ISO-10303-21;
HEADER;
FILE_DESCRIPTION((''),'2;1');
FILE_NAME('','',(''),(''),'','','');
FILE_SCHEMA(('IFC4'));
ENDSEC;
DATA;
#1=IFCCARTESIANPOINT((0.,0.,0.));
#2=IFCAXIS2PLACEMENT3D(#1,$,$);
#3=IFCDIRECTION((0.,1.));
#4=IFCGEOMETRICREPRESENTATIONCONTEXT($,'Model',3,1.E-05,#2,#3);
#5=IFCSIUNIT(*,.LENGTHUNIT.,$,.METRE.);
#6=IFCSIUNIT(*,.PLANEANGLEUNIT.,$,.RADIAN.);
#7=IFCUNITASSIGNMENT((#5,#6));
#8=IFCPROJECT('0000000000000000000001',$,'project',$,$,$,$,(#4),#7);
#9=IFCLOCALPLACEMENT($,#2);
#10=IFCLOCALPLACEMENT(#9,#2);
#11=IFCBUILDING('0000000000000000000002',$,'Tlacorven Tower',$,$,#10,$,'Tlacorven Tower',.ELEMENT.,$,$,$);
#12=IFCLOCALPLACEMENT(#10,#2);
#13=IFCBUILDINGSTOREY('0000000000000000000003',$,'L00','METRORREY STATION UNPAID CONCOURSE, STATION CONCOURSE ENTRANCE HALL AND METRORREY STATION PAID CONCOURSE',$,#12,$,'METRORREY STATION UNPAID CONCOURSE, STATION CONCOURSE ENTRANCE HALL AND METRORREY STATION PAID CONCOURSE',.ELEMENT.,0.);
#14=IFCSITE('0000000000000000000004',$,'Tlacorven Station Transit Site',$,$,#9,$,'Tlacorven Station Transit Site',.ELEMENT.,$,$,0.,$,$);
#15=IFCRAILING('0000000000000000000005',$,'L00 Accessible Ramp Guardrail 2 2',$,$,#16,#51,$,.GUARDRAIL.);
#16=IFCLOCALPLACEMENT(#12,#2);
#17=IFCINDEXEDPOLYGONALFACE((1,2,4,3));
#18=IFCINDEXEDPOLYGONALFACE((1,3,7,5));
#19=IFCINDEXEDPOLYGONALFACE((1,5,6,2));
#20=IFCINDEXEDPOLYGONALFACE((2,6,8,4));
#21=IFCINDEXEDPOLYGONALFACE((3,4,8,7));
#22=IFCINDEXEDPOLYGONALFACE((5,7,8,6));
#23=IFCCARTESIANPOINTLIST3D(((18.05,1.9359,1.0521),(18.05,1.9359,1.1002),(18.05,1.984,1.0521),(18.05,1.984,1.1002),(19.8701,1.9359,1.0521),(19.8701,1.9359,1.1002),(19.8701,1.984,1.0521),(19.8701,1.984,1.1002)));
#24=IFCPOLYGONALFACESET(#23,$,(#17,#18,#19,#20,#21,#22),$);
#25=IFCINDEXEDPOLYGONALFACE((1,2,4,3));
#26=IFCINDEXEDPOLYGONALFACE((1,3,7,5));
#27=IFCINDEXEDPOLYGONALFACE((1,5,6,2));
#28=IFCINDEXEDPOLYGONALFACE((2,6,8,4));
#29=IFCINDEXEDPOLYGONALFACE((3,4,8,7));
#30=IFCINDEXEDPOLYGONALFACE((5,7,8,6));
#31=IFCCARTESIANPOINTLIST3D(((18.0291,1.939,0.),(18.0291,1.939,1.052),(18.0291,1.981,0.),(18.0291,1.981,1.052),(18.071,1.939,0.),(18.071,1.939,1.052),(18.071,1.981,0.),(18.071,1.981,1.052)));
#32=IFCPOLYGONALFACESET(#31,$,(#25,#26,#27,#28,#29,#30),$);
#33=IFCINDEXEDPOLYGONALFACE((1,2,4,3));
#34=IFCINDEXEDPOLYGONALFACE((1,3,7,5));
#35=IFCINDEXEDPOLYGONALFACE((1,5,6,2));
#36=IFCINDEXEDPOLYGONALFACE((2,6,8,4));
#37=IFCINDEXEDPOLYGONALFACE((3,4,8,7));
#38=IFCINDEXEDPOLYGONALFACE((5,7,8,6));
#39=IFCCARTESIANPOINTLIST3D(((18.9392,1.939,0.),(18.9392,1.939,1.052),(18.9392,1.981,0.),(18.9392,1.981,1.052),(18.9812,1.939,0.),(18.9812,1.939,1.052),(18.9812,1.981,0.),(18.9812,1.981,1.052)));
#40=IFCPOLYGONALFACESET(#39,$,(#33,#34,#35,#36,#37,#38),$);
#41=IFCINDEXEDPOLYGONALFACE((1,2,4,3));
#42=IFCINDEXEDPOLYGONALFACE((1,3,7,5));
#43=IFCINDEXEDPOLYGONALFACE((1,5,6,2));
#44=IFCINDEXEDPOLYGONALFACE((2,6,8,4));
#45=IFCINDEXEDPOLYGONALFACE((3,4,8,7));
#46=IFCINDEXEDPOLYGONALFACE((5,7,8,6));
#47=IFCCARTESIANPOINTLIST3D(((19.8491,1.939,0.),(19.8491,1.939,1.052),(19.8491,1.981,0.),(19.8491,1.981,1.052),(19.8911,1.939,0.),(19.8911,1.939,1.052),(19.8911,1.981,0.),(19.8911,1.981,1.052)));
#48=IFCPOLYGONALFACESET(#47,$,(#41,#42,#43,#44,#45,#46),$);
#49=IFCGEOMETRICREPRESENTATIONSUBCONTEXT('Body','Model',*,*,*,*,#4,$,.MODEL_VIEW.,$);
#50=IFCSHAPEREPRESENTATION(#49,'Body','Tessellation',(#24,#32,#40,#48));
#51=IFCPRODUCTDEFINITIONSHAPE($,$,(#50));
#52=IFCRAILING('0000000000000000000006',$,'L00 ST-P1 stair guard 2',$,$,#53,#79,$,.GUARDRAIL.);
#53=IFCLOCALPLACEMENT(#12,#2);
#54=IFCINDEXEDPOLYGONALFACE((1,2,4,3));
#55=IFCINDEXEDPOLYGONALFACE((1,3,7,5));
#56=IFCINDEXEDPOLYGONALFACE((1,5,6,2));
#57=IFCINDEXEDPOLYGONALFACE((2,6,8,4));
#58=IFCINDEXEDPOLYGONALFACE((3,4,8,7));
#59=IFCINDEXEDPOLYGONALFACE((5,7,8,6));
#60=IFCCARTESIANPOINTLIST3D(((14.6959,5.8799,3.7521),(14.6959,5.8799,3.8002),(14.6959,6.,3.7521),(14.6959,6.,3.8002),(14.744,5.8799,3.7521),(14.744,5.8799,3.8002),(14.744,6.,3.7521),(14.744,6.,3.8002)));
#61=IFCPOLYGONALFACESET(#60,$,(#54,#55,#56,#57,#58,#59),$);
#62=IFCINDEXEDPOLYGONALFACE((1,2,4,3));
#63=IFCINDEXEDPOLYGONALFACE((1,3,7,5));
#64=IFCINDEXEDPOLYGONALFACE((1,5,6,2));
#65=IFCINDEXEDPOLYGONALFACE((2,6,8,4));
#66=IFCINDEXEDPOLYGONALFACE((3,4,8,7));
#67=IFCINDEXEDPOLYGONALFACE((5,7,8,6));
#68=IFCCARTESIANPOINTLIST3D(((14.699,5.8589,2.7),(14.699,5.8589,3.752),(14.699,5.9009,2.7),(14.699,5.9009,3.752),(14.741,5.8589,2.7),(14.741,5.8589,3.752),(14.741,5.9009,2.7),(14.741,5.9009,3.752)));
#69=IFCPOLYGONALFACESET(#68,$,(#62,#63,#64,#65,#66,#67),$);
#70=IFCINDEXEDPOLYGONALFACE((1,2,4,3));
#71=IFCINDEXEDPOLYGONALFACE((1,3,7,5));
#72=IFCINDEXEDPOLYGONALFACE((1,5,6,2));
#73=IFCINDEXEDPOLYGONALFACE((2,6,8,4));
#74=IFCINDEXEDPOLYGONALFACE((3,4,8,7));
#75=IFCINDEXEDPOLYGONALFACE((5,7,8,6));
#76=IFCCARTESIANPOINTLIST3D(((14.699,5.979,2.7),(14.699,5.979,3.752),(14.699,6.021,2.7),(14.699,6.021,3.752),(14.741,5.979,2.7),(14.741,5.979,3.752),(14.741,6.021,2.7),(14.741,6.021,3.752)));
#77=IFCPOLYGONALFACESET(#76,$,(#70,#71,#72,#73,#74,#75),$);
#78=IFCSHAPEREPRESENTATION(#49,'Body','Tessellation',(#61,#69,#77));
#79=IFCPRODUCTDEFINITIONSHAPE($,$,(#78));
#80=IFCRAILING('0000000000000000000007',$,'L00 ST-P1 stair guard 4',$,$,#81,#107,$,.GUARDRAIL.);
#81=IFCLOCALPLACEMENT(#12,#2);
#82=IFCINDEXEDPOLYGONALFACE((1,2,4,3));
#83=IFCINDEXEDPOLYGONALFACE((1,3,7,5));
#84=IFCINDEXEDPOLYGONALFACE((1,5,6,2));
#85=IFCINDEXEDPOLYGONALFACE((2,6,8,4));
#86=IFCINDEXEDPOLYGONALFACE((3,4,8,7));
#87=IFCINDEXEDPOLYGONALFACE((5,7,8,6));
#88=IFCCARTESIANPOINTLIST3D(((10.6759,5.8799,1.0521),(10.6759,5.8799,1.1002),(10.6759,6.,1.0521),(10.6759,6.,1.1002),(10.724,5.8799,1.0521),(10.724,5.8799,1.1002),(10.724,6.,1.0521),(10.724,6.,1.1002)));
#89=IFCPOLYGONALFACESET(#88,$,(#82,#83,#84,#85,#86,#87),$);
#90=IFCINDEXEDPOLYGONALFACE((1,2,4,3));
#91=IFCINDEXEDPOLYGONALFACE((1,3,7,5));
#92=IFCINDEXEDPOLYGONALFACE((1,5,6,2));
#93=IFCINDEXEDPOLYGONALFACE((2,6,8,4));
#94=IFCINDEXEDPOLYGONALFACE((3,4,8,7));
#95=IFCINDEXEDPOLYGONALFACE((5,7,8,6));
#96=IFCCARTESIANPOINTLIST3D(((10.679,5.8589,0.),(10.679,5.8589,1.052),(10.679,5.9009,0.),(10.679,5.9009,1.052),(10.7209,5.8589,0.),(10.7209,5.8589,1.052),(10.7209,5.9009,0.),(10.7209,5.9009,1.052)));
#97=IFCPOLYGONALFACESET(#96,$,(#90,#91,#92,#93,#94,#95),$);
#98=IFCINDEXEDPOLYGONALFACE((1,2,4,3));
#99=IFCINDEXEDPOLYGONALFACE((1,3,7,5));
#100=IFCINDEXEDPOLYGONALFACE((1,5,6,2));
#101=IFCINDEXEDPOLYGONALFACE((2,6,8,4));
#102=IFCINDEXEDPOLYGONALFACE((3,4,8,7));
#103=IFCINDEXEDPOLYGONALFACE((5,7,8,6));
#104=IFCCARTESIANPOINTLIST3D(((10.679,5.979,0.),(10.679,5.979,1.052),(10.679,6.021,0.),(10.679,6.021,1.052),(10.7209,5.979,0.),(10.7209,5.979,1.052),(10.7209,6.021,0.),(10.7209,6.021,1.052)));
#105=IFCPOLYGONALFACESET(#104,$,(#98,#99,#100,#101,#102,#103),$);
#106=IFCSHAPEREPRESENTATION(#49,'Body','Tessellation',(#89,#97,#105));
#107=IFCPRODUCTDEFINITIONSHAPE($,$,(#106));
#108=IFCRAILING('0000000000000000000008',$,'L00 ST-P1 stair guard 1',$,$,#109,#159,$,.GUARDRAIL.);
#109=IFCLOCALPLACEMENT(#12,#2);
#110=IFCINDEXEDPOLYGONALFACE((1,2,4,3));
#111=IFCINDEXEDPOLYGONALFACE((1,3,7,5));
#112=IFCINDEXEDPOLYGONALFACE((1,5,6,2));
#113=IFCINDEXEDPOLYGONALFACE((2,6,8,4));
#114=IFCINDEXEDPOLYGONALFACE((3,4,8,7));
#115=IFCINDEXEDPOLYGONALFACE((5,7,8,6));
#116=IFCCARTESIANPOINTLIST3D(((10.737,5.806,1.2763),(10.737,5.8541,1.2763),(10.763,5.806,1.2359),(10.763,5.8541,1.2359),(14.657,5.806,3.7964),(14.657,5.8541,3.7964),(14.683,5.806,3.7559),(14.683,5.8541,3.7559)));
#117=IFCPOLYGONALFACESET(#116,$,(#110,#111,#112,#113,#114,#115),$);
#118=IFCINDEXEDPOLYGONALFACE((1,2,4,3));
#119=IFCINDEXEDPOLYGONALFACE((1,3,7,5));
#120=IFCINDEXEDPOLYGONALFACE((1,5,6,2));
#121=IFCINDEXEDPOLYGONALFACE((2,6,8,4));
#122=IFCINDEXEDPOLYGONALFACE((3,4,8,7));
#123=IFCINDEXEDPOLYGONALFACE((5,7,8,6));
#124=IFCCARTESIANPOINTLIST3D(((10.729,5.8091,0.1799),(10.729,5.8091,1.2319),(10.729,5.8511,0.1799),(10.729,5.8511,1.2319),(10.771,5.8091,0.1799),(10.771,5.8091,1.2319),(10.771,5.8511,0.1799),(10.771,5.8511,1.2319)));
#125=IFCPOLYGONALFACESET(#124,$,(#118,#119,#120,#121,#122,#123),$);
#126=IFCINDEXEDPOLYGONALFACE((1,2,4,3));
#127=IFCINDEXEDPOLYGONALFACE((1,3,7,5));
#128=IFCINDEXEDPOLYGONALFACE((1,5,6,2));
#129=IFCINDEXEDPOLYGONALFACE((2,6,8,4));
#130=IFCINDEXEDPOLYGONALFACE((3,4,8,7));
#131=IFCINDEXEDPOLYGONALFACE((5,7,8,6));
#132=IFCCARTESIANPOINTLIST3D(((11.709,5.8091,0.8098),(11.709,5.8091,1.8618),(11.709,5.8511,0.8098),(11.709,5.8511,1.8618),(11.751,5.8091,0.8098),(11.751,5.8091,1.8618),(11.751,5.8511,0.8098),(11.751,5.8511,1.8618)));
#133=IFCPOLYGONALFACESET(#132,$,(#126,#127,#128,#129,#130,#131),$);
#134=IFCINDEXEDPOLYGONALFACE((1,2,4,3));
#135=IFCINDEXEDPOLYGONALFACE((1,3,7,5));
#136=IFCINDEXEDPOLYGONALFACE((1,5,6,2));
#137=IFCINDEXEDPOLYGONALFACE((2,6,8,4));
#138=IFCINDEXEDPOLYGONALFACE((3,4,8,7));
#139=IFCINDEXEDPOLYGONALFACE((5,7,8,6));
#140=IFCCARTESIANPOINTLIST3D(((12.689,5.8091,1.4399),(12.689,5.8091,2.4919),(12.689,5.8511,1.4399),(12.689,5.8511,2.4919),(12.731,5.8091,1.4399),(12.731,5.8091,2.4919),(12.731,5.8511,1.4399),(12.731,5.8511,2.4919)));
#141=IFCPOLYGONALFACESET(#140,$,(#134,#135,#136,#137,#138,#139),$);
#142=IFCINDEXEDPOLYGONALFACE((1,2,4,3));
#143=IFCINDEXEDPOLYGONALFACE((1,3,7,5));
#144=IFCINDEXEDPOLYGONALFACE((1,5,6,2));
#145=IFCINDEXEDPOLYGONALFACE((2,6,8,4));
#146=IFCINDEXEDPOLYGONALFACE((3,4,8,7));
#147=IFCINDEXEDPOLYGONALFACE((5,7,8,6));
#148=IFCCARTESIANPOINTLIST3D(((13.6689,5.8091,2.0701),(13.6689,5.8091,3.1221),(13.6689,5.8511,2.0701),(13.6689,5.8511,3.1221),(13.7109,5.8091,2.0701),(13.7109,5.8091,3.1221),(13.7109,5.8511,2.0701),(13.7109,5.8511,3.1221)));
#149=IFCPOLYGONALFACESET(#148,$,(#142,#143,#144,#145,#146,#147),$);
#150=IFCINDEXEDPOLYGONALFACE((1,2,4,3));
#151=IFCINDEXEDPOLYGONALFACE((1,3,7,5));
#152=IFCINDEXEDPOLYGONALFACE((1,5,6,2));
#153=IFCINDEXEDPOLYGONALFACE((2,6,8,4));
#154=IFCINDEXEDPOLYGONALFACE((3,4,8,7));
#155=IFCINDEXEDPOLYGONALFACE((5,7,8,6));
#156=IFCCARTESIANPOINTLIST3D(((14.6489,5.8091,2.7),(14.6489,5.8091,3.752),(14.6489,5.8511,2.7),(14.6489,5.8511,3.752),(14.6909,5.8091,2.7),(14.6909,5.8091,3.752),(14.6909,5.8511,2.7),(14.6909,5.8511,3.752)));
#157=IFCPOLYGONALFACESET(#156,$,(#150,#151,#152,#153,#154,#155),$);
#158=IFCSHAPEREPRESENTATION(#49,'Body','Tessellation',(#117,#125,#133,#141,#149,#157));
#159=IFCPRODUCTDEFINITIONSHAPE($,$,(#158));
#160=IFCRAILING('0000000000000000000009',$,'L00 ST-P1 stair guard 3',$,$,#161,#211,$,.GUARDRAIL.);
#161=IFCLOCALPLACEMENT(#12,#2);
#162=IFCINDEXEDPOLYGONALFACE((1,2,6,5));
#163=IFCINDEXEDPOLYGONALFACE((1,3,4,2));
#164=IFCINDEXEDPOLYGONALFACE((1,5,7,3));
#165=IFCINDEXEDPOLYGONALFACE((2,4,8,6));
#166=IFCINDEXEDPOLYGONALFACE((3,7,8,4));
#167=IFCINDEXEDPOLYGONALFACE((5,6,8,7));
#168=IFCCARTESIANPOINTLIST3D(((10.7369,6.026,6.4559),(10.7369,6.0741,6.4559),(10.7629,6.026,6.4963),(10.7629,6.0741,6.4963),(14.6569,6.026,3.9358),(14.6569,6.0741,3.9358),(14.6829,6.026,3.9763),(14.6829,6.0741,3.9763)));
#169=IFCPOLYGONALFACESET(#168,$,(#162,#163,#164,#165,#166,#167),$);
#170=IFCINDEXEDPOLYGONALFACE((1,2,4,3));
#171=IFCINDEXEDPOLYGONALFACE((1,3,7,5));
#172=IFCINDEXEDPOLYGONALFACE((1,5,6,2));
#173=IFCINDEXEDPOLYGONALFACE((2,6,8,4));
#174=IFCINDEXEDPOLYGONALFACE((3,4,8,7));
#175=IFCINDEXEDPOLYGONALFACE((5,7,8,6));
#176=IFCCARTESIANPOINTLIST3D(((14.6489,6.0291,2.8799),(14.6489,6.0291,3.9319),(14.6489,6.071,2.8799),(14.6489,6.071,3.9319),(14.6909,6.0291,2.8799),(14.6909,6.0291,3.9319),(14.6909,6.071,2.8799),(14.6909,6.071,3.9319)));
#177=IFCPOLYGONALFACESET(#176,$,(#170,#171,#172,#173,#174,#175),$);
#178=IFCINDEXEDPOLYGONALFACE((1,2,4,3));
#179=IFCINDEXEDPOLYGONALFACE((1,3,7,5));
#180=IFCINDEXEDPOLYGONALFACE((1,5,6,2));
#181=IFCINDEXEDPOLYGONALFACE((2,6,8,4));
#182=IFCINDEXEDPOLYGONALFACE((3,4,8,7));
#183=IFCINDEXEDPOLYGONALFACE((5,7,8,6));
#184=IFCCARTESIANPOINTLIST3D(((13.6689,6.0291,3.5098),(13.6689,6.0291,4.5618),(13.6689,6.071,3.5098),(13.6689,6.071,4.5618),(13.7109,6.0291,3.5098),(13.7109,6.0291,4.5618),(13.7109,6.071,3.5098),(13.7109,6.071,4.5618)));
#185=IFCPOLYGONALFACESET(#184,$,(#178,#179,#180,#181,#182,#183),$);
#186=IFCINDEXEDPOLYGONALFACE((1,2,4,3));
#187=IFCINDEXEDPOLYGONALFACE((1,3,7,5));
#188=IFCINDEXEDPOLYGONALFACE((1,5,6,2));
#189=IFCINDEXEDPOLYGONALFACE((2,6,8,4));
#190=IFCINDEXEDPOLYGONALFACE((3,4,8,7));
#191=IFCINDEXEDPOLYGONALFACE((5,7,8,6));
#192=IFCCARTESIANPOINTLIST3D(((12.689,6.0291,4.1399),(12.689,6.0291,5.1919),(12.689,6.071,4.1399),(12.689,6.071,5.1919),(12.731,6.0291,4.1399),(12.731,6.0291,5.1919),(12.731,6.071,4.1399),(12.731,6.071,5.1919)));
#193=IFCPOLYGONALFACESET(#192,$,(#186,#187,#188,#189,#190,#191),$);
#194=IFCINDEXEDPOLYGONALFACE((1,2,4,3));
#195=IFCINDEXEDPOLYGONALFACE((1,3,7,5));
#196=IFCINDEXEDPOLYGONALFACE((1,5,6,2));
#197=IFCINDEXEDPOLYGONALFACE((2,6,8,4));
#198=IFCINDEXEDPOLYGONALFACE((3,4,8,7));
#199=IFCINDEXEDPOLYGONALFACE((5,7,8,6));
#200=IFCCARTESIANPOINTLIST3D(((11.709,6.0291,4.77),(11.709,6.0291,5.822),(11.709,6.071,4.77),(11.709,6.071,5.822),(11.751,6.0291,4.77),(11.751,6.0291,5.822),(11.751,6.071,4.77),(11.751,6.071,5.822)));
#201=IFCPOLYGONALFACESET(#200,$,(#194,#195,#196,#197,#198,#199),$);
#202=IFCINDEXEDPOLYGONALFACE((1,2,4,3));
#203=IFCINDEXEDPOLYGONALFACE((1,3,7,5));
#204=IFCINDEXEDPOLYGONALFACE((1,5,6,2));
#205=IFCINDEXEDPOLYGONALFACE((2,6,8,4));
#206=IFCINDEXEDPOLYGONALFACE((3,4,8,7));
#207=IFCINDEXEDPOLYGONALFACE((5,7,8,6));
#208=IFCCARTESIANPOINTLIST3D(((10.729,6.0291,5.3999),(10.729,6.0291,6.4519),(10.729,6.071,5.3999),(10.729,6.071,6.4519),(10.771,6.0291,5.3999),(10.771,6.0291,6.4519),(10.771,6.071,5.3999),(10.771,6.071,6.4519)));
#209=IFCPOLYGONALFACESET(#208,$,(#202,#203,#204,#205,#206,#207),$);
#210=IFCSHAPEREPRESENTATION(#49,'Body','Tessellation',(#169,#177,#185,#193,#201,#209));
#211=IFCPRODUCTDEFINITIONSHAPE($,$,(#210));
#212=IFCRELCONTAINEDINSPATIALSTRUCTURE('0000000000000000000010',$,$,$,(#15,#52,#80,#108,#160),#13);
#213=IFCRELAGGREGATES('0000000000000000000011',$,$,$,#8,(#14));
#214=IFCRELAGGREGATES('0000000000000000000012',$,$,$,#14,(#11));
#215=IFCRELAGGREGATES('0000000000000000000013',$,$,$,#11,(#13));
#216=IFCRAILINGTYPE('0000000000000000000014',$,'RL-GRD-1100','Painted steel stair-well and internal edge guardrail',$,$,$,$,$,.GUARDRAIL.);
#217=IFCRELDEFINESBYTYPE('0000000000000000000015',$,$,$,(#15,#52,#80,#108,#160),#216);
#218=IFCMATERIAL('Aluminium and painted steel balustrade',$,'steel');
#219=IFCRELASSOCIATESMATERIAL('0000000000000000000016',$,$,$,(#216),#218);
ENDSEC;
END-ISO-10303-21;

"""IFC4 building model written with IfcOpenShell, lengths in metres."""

from ifc_helpers import new_model, si_unit, direction, frame, origin, origin_2d, place, context, subcontext, project, spatial, rectangle, extrude, source, transform, mapped, material, type_object, element, save


model = new_model("IFC4")

# Units and contexts
model_context = context("Model", 3, precision=1e-05, world=origin(), true_north=direction((0.0, 1.0)))
body_context = subcontext(model_context, "Body", "Model", "MODEL_VIEW")
ifc_project = project(units=[si_unit("LENGTHUNIT", "METRE"), si_unit("PLANEANGLEUNIT", "RADIAN")], contexts=[model_context])

# Site, building, storey
site_placement = place(None, origin())
site = spatial("IfcSite", under=ifc_project, at=site_placement, Name="Tlacorven Station Transit Site", LongName="Tlacorven Station Transit Site", CompositionType="ELEMENT", RefElevation=0.0)
building_placement = place(site_placement, origin())
building = spatial("IfcBuilding", under=site, at=building_placement, Name="Tlacorven Tower", LongName="Tlacorven Tower", CompositionType="ELEMENT")
storey_placement = place(building_placement, origin())
storey = spatial("IfcBuildingStorey", under=building, at=storey_placement, Name="L00", Description="METRORREY STATION UNPAID CONCOURSE, STATION CONCOURSE ENTRANCE HALL AND METRORREY STATION PAID CONCOURSE", LongName="METRORREY STATION UNPAID CONCOURSE, STATION CONCOURSE ENTRANCE HALL AND METRORREY STATION PAID CONCOURSE", CompositionType="ELEMENT", Elevation=0.0)

# Railings
ifc_material_1 = material(Name="Aluminium and painted steel balustrade", Category="steel")
railing_type_1 = type_object("IfcRailingType", Name="RL-GRD-1100", Description="Painted steel stair-well and internal edge guardrail", PredefinedType="GUARDRAIL", material=ifc_material_1)
shared_shape_1 = source(origin(), body_context, "Body", "SweptSolid", [
    extrude(rectangle(XDim=0.0481, YDim=0.0481, at=origin_2d()), frame((0.0, 0.0, 1.0762), z_axis=(1.0, 0.0, 0.0), x_axis=(0.0, 1.0, 0.0)), (0.0, 0.0, 1.0), 1.8201),
    extrude(rectangle(XDim=0.042, YDim=0.042, at=origin_2d()), origin(), (0.0, 0.0, 1.0), 1.052),
    extrude(rectangle(XDim=0.042, YDim=0.042, at=origin_2d()), frame((0.9102, 0.0, 0.0)), (0.0, 0.0, 1.0), 1.052),
    extrude(rectangle(XDim=0.042, YDim=0.042, at=origin_2d()), frame((1.8201, 0.0, 0.0)), (0.0, 0.0, 1.0), 1.052),
])
for number, where, name in (
    (1, (18.05, 1.96, 0.0), "L00 Accessible Ramp Guardrail 2 2"),
):
    element("IfcRailing", number, at=place(storey_placement, frame(where)), inside=storey, type_object=railing_type_1, Name=name, PredefinedType="GUARDRAIL", context=body_context, shape_type="MappedRepresentation", body=[
        mapped(shared_shape_1, transform((0.0, 0.0, 0.0), scale=1.0)),
    ])
shared_shape_2 = source(origin(), body_context, "Body", "SweptSolid", [
    extrude(rectangle(XDim=0.0481, YDim=0.0481, at=origin_2d()), frame((0.0, 0.0, 1.0762), z_axis=(0.0, 1.0, 0.0), x_axis=(-1.0, 0.0, 0.0)), (0.0, 0.0, 1.0), 0.1201),
    extrude(rectangle(XDim=0.042, YDim=0.042, at=origin_2d()), origin(), (0.0, 0.0, 1.0), 1.052),
    extrude(rectangle(XDim=0.042, YDim=0.042, at=origin_2d()), frame((0.0, 0.1201, 0.0)), (0.0, 0.0, 1.0), 1.052),
])
for number, where, name in (
    (2, (14.72, 5.8799, 2.7), "L00 ST-P1 stair guard 2"),
    (3, (10.7, 5.8799, 0.0), "L00 ST-P1 stair guard 4"),
):
    element("IfcRailing", number, at=place(storey_placement, frame(where)), inside=storey, type_object=railing_type_1, Name=name, PredefinedType="GUARDRAIL", context=body_context, shape_type="MappedRepresentation", body=[
        mapped(shared_shape_2, transform((0.0, 0.0, 0.0), scale=1.0)),
    ])
shared_shape_3 = source(origin(), body_context, "Body", "SweptSolid", [
    extrude(rectangle(XDim=0.0481, YDim=0.0481, at=origin_2d()), frame((0.0, 0.0, 1.0762), z_axis=(0.841172, 0.0, 0.540768), x_axis=(0.0, 1.0, 0.0)), (0.0, 0.0, 1.0), 4.6602),
    extrude(rectangle(XDim=0.042, YDim=0.042, at=origin_2d()), origin(), (0.0, 0.0, 1.0), 1.052),
    extrude(rectangle(XDim=0.042, YDim=0.042, at=origin_2d()), frame((0.98, 0.0, 0.6299)), (0.0, 0.0, 1.0), 1.052),
    extrude(rectangle(XDim=0.042, YDim=0.042, at=origin_2d()), frame((1.96, 0.0, 1.26)), (0.0, 0.0, 1.0), 1.052),
    extrude(rectangle(XDim=0.042, YDim=0.042, at=origin_2d()), frame((2.9399, 0.0, 1.8901)), (0.0, 0.0, 1.0), 1.052),
    extrude(rectangle(XDim=0.042, YDim=0.042, at=origin_2d()), frame((3.9199, 0.0, 2.52)), (0.0, 0.0, 1.0), 1.052),
])
railing_1_placement = place(storey_placement, frame((10.75, 5.8301, 0.1799)))
element("IfcRailing", 4, at=railing_1_placement, inside=storey, type_object=railing_type_1, Name="L00 ST-P1 stair guard 1", PredefinedType="GUARDRAIL", context=body_context, shape_type="MappedRepresentation", body=[
    mapped(shared_shape_3, transform((0.0, 0.0, 0.0), scale=1.0)),
])
shared_shape_4 = source(origin(), body_context, "Body", "SweptSolid", [
    extrude(rectangle(XDim=0.0481, YDim=0.0481, at=origin_2d()), frame((0.0, 0.0, 1.0762), z_axis=(-0.841172, 0.0, 0.540768), x_axis=(0.0, -1.0, 0.0)), (0.0, 0.0, 1.0), 4.6602),
    extrude(rectangle(XDim=0.042, YDim=0.042, at=origin_2d()), origin(), (0.0, 0.0, 1.0), 1.052),
    extrude(rectangle(XDim=0.042, YDim=0.042, at=origin_2d()), frame((-0.98, 0.0, 0.6299)), (0.0, 0.0, 1.0), 1.052),
    extrude(rectangle(XDim=0.042, YDim=0.042, at=origin_2d()), frame((-1.96, 0.0, 1.26)), (0.0, 0.0, 1.0), 1.052),
    extrude(rectangle(XDim=0.042, YDim=0.042, at=origin_2d()), frame((-2.9399, 0.0, 1.8901)), (0.0, 0.0, 1.0), 1.052),
    extrude(rectangle(XDim=0.042, YDim=0.042, at=origin_2d()), frame((-3.9199, 0.0, 2.52)), (0.0, 0.0, 1.0), 1.052),
])
railing_2_placement = place(storey_placement, frame((14.6699, 6.05, 2.8799)))
element("IfcRailing", 5, at=railing_2_placement, inside=storey, type_object=railing_type_1, Name="L00 ST-P1 stair guard 3", PredefinedType="GUARDRAIL", context=body_context, shape_type="MappedRepresentation", body=[
    mapped(shared_shape_4, transform((0.0, 0.0, 0.0), scale=1.0)),
])

save(model, "model.ifc")
